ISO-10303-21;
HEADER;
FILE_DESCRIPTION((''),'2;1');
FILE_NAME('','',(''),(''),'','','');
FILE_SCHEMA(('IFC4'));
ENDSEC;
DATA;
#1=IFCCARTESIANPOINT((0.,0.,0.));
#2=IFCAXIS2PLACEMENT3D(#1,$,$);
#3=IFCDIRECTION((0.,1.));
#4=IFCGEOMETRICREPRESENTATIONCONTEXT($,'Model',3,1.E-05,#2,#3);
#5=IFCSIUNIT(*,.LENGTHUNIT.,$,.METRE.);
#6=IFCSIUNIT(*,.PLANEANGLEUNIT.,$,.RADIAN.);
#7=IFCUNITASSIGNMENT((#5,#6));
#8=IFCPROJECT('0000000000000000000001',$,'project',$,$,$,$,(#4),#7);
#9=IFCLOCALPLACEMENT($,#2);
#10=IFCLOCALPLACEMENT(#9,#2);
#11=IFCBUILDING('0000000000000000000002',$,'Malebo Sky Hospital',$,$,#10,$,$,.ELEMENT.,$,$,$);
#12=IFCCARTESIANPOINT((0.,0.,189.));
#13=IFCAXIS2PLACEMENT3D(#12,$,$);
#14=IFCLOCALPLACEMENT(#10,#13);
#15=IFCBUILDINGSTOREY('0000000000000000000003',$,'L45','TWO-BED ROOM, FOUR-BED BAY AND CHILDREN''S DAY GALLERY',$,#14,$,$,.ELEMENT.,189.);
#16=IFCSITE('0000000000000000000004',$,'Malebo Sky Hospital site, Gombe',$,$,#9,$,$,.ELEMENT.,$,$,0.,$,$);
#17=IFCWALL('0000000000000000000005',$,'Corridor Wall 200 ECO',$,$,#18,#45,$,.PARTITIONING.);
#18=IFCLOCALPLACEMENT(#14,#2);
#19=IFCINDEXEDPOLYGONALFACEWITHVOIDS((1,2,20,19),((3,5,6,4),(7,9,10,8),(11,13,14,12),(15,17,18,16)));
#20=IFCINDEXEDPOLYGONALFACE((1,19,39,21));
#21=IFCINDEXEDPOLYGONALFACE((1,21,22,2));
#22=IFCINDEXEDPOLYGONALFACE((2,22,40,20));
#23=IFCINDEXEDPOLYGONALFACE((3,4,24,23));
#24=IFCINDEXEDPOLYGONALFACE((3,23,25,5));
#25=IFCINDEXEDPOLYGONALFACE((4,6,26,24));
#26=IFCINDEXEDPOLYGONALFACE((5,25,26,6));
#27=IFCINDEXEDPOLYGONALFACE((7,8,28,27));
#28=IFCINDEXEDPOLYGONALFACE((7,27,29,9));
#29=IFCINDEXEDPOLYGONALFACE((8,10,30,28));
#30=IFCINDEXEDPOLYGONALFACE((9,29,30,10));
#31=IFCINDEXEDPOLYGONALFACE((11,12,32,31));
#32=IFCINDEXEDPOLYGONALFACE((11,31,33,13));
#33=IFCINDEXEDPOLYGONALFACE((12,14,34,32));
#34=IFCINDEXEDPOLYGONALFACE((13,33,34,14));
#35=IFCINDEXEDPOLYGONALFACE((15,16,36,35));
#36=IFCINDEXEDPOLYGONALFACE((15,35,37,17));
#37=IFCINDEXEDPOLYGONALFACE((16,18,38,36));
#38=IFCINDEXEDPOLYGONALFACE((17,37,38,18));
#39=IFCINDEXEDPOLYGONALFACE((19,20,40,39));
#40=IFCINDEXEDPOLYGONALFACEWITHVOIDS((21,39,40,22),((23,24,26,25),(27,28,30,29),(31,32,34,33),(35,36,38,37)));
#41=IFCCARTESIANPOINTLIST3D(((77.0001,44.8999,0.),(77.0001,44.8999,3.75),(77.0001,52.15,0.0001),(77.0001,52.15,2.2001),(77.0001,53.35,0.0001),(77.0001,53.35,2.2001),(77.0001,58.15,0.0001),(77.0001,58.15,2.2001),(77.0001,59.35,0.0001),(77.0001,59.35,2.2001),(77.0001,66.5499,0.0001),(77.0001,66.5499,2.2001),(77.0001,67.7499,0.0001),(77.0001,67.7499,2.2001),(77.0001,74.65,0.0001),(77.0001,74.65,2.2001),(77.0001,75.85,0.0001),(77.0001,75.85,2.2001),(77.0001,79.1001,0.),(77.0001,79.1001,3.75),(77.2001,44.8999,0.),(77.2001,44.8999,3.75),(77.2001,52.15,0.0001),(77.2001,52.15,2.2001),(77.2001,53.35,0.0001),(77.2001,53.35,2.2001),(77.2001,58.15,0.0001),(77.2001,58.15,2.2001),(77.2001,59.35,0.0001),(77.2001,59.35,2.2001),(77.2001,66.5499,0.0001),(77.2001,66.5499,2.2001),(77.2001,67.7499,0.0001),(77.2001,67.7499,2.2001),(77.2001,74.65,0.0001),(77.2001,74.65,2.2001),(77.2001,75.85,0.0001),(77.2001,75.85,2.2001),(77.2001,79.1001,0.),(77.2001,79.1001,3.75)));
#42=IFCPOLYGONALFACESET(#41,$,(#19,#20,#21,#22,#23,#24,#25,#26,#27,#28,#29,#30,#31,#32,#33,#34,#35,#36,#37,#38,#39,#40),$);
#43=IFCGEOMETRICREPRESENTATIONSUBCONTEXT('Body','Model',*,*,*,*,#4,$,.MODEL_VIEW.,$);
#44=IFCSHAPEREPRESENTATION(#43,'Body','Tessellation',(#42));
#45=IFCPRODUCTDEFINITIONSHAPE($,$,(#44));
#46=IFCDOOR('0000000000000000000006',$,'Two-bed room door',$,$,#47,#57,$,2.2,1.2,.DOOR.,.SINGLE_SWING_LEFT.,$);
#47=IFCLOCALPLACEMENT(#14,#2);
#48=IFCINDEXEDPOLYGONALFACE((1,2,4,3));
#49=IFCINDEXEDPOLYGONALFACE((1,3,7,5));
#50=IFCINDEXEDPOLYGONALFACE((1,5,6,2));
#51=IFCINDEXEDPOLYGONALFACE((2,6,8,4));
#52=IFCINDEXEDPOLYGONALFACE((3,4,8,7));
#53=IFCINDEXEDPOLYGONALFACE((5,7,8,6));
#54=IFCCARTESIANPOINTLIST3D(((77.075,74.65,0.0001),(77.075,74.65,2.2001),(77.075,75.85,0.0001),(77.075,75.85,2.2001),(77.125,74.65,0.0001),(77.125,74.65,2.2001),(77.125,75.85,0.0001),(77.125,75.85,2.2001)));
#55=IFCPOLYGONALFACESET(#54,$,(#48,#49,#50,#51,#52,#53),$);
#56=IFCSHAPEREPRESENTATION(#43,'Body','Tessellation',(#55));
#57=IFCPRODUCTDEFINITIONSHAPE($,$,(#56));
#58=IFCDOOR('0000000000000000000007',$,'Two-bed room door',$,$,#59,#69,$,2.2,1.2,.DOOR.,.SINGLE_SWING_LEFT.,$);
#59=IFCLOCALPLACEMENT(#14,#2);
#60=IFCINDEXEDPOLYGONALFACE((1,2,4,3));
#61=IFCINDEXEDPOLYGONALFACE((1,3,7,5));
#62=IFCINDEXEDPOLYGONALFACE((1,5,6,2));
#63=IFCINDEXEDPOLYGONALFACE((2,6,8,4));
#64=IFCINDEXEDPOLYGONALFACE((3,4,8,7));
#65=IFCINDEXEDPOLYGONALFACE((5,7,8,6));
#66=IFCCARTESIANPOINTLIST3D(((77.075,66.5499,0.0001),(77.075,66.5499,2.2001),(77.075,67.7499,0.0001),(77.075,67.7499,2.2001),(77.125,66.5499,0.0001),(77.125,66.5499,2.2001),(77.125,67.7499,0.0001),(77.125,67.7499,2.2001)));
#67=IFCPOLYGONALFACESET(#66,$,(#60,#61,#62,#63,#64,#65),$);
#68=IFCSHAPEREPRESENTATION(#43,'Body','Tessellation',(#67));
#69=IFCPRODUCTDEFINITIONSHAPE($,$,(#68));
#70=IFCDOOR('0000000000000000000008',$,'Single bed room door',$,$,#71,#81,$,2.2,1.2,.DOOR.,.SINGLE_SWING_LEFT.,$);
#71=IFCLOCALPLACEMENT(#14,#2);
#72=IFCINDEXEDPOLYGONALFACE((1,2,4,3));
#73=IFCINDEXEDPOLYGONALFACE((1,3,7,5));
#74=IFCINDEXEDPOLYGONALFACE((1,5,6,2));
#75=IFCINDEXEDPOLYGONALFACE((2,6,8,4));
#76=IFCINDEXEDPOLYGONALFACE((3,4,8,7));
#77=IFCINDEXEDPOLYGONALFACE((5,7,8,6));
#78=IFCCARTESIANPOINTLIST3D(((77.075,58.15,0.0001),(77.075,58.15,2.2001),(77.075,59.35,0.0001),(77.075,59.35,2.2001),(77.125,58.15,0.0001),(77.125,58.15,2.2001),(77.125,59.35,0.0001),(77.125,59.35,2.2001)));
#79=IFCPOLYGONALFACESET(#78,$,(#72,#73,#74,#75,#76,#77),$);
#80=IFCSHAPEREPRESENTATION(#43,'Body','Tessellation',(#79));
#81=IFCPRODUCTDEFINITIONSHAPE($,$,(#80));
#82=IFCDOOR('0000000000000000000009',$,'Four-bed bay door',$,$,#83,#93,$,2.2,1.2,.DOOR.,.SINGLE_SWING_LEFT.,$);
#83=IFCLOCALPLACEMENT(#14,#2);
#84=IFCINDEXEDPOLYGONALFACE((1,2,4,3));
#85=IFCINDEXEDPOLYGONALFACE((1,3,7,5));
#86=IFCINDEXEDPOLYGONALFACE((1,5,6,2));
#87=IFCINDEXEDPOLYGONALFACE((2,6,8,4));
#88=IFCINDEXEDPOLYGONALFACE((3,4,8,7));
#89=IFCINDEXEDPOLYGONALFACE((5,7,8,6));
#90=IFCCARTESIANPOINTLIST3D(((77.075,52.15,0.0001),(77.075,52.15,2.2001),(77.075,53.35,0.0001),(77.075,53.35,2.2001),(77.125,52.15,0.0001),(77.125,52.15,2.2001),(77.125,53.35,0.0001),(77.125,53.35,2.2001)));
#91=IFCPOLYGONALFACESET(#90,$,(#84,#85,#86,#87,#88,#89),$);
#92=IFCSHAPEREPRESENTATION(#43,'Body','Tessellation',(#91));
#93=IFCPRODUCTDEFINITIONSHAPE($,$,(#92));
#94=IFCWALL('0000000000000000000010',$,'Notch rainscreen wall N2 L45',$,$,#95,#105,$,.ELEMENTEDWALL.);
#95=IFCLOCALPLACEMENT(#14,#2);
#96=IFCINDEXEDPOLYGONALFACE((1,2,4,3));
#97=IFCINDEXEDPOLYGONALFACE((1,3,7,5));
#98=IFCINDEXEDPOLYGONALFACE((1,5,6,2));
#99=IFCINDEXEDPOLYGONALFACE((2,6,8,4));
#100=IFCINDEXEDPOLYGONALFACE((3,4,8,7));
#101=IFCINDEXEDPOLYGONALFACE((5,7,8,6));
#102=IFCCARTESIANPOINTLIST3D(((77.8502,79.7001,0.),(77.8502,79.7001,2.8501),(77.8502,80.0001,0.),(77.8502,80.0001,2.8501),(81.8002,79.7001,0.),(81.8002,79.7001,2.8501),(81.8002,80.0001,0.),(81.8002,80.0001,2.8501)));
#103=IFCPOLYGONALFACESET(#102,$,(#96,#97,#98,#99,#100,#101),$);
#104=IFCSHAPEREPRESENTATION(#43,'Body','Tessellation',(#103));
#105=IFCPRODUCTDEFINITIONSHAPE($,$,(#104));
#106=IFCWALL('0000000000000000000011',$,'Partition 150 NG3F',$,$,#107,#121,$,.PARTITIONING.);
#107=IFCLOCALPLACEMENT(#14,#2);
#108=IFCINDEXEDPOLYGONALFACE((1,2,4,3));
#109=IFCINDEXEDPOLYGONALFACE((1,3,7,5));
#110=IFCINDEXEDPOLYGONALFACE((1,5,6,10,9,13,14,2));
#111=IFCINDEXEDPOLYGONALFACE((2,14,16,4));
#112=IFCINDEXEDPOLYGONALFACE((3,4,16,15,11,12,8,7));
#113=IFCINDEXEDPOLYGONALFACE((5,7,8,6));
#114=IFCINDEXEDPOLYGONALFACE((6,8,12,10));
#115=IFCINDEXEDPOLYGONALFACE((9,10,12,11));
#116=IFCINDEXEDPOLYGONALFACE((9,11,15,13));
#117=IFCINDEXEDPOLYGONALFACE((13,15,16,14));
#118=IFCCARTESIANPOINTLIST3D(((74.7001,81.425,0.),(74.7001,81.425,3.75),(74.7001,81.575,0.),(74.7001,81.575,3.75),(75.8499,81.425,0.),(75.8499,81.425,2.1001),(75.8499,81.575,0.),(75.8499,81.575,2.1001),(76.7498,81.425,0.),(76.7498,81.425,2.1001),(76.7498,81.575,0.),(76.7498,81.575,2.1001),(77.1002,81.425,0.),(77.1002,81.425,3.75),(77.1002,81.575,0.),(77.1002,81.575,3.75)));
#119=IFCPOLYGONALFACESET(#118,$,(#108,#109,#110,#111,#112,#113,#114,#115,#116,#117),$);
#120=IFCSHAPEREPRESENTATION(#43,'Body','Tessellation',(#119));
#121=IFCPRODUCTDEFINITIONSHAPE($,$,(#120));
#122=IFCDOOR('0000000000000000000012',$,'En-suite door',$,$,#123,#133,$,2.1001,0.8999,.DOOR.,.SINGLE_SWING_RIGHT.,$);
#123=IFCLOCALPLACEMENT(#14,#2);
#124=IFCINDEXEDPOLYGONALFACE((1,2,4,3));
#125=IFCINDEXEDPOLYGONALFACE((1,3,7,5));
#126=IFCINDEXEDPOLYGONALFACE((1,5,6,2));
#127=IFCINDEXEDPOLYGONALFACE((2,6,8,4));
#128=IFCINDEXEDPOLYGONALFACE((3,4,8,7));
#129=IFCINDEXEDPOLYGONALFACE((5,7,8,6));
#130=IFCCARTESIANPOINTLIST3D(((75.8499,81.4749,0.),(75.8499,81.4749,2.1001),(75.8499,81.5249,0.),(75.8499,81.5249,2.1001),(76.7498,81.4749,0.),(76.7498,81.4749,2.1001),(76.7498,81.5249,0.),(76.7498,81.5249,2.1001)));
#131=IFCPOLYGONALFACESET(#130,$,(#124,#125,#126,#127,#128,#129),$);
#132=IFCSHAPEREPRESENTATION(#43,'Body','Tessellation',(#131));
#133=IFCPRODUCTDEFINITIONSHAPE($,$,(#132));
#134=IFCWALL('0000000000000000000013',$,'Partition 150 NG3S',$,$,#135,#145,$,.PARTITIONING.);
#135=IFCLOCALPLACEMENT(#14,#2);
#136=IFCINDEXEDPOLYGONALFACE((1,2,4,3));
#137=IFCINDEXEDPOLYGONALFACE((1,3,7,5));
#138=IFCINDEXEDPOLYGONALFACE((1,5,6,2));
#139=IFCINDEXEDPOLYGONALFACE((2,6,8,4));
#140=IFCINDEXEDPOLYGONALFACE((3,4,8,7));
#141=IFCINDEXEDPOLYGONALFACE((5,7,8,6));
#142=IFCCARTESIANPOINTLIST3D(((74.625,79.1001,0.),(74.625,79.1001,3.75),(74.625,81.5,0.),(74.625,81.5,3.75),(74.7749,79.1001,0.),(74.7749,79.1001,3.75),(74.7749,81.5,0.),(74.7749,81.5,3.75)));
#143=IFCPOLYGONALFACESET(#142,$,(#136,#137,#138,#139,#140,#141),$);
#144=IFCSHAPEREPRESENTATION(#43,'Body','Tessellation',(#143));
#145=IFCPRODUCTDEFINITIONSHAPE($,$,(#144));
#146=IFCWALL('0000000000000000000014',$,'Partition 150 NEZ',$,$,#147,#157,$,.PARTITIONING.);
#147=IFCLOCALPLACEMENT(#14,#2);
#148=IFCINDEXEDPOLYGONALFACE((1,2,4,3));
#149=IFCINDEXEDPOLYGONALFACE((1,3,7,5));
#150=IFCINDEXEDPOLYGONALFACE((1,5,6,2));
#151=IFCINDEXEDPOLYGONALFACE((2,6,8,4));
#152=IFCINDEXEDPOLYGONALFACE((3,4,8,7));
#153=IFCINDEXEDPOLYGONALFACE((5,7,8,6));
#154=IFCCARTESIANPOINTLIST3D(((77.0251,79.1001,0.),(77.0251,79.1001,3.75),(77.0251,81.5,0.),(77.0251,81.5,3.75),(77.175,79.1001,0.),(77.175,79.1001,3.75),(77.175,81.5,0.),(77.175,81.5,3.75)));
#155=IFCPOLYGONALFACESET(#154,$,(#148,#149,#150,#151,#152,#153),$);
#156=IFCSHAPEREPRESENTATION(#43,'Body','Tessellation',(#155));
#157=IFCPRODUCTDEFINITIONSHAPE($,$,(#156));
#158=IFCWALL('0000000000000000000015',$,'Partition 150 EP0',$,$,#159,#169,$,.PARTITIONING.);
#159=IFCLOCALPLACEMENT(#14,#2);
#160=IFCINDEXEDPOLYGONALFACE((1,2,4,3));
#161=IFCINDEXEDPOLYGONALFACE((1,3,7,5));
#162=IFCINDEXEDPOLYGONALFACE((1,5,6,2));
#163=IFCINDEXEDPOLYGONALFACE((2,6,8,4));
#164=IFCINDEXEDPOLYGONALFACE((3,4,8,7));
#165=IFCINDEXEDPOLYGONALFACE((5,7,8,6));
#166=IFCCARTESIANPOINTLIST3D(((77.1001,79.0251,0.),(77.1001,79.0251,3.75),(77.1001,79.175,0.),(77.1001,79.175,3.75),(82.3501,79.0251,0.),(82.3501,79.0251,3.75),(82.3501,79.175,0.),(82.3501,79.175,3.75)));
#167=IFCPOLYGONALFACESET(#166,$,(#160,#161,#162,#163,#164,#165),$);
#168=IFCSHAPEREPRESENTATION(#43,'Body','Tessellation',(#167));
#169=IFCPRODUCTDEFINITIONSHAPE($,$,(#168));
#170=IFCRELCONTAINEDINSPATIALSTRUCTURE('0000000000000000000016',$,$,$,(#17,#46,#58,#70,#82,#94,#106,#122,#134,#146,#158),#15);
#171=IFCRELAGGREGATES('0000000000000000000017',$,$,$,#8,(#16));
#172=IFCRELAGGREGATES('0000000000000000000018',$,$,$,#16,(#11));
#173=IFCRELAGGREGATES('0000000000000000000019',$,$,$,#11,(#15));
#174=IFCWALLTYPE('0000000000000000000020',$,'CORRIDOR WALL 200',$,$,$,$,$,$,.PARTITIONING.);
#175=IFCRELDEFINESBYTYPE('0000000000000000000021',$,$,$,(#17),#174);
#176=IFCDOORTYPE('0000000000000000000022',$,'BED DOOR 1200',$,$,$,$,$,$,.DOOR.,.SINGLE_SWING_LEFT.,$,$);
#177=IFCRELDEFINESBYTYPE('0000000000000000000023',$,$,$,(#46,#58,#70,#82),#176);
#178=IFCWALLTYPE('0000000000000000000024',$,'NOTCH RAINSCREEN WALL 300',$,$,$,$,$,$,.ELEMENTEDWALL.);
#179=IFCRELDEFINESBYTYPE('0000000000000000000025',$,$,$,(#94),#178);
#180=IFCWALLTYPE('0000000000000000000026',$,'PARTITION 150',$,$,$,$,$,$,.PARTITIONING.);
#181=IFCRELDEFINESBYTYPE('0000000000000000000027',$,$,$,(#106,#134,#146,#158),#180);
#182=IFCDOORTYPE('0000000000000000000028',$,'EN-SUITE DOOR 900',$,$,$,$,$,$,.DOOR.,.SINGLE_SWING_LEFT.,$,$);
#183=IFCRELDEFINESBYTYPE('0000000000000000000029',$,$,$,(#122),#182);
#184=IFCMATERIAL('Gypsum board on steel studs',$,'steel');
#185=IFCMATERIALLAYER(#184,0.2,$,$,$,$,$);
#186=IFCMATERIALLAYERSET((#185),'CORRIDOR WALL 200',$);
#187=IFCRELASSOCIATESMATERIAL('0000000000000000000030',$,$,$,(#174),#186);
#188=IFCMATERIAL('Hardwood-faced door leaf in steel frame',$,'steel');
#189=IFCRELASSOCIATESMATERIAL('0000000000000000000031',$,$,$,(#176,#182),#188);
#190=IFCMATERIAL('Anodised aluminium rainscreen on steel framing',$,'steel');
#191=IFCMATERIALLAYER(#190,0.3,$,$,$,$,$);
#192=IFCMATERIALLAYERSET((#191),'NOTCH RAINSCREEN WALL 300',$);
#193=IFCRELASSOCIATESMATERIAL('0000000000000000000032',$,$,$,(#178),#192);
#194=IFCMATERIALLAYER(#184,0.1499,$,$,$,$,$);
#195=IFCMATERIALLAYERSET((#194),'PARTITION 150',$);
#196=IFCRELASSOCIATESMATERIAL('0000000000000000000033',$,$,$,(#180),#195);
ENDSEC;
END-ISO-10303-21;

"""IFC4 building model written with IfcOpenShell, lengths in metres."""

from ifc_helpers import new_model, si_unit, direction, frame, frame_2d, origin, place, context, subcontext, project, spatial, rectangle, extrude, material, layer, layer_set, type_object, element, fill, save


model = new_model("IFC4")

# Units and contexts
model_context = context("Model", 3, precision=1e-05, world=origin(), true_north=direction((0.0, 1.0)))
body_context = subcontext(model_context, "Body", "Model", "MODEL_VIEW")
ifc_project = project(units=[si_unit("LENGTHUNIT", "METRE"), si_unit("PLANEANGLEUNIT", "RADIAN")], contexts=[model_context])

# Site, building, storey
site_placement = place(None, origin())
site = spatial("IfcSite", under=ifc_project, at=site_placement, Name="Malebo Sky Hospital site, Gombe", CompositionType="ELEMENT", RefElevation=0.0)
building_placement = place(site_placement, origin())
building = spatial("IfcBuilding", under=site, at=building_placement, Name="Malebo Sky Hospital", CompositionType="ELEMENT")
storey_placement = place(building_placement, frame((0.0, 0.0, 189.0)))
storey = spatial("IfcBuildingStorey", under=building, at=storey_placement, Name="L45", Description="TWO-BED ROOM, FOUR-BED BAY AND CHILDREN'S DAY GALLERY", CompositionType="ELEMENT", Elevation=189.0)

# Wall, openings, doors
ifc_material_1 = material(Name="Gypsum board on steel studs", Category="steel")
ifc_layer_1 = layer(ifc_material_1, 0.2)
ifc_layer_set_1 = layer_set([ifc_layer_1], Name="CORRIDOR WALL 200")
wall_type_1 = type_object("IfcWallType", Name="CORRIDOR WALL 200", PredefinedType="PARTITIONING", material=ifc_layer_set_1)
wall_1_placement = place(storey_placement, frame((77.1001, 79.1001, 0.0), z_axis=(0.0, 0.0, 1.0), x_axis=(0.0, -1.0, 0.0)))
wall_1 = element("IfcWall", 1, at=wall_1_placement, inside=storey, type_object=wall_type_1, Name="Corridor Wall 200 ECO", PredefinedType="PARTITIONING", context=body_context, shape_type="SweptSolid", body=[
    extrude(rectangle(XDim=34.2002, YDim=0.2, at=frame_2d((17.1001, 0.0))), origin(), (0.0, 0.0, 1.0), 3.75),
])
opening_1_placement = place(wall_1_placement, frame((3.25, 0.0, 0.0)))
opening_1 = element("IfcOpeningElement", 2, at=opening_1_placement, cuts=wall_1, PredefinedType="OPENING", context=body_context, shape_type="SweptSolid", body=[
    extrude(rectangle(XDim=1.2, YDim=2.2, at=frame_2d((0.6001, 1.1001))), frame((0.0, 0.1099, 0.0), z_axis=(0.0, -1.0, 0.0), x_axis=(1.0, 0.0, 0.0)), (0.0, 0.0, 1.0), 0.22),
])
opening_2_placement = place(wall_1_placement, frame((11.3501, 0.0, 0.0)))
opening_2 = element("IfcOpeningElement", 3, at=opening_2_placement, cuts=wall_1, PredefinedType="OPENING", context=body_context, shape_type="SweptSolid", body=[
    extrude(rectangle(XDim=1.2, YDim=2.2, at=frame_2d((0.6001, 1.1001))), frame((0.0, 0.1099, 0.0), z_axis=(0.0, -1.0, 0.0), x_axis=(1.0, 0.0, 0.0)), (0.0, 0.0, 1.0), 0.22),
])
opening_3_placement = place(wall_1_placement, frame((19.75, 0.0, 0.0)))
opening_3 = element("IfcOpeningElement", 4, at=opening_3_placement, cuts=wall_1, PredefinedType="OPENING", context=body_context, shape_type="SweptSolid", body=[
    extrude(rectangle(XDim=1.2, YDim=2.2, at=frame_2d((0.6001, 1.1001))), frame((0.0, 0.1099, 0.0), z_axis=(0.0, -1.0, 0.0), x_axis=(1.0, 0.0, 0.0)), (0.0, 0.0, 1.0), 0.22),
])
opening_4_placement = place(wall_1_placement, frame((25.75, 0.0, 0.0)))
opening_4 = element("IfcOpeningElement", 5, at=opening_4_placement, cuts=wall_1, PredefinedType="OPENING", context=body_context, shape_type="SweptSolid", body=[
    extrude(rectangle(XDim=1.2, YDim=2.2, at=frame_2d((0.6001, 1.1001))), frame((0.0, 0.1099, 0.0), z_axis=(0.0, -1.0, 0.0), x_axis=(1.0, 0.0, 0.0)), (0.0, 0.0, 1.0), 0.22),
])
ifc_material_2 = material(Name="Hardwood-faced door leaf in steel frame", Category="steel")
door_type_1 = type_object("IfcDoorType", Name="BED DOOR 1200", OperationType="SINGLE_SWING_LEFT", PredefinedType="DOOR", material=ifc_material_2)
door_1_placement = place(opening_1_placement, origin())
door_1 = element("IfcDoor", 6, at=door_1_placement, inside=storey, type_object=door_type_1, Name="Two-bed room door", OperationType="SINGLE_SWING_LEFT", OverallHeight=2.2, OverallWidth=1.2, PredefinedType="DOOR", context=body_context, shape_type="SweptSolid", body=[
    extrude(rectangle(XDim=1.2, YDim=2.2, at=frame_2d((0.6001, 1.1001))), frame((0.0, 0.0249, 0.0), z_axis=(0.0, -1.0, 0.0), x_axis=(1.0, 0.0, 0.0)), (0.0, 0.0, 1.0), 0.05),
])
fill(opening_1, door_1)
door_2_placement = place(opening_2_placement, origin())
door_2 = element("IfcDoor", 7, at=door_2_placement, inside=storey, type_object=door_type_1, Name="Two-bed room door", OperationType="SINGLE_SWING_LEFT", OverallHeight=2.2, OverallWidth=1.2, PredefinedType="DOOR", context=body_context, shape_type="SweptSolid", body=[
    extrude(rectangle(XDim=1.2, YDim=2.2, at=frame_2d((0.6001, 1.1001))), frame((0.0, 0.0249, 0.0), z_axis=(0.0, -1.0, 0.0), x_axis=(1.0, 0.0, 0.0)), (0.0, 0.0, 1.0), 0.05),
])
fill(opening_2, door_2)
door_3_placement = place(opening_3_placement, origin())
door_3 = element("IfcDoor", 8, at=door_3_placement, inside=storey, type_object=door_type_1, Name="Single bed room door", OperationType="SINGLE_SWING_LEFT", OverallHeight=2.2, OverallWidth=1.2, PredefinedType="DOOR", context=body_context, shape_type="SweptSolid", body=[
    extrude(rectangle(XDim=1.2, YDim=2.2, at=frame_2d((0.6001, 1.1001))), frame((0.0, 0.0249, 0.0), z_axis=(0.0, -1.0, 0.0), x_axis=(1.0, 0.0, 0.0)), (0.0, 0.0, 1.0), 0.05),
])
fill(opening_3, door_3)
door_4_placement = place(opening_4_placement, origin())
door_4 = element("IfcDoor", 9, at=door_4_placement, inside=storey, type_object=door_type_1, Name="Four-bed bay door", OperationType="SINGLE_SWING_LEFT", OverallHeight=2.2, OverallWidth=1.2, PredefinedType="DOOR", context=body_context, shape_type="SweptSolid", body=[
    extrude(rectangle(XDim=1.2, YDim=2.2, at=frame_2d((0.6001, 1.1001))), frame((0.0, 0.0249, 0.0), z_axis=(0.0, -1.0, 0.0), x_axis=(1.0, 0.0, 0.0)), (0.0, 0.0, 1.0), 0.05),
])
fill(opening_4, door_4)

# Wall
ifc_material_3 = material(Name="Anodised aluminium rainscreen on steel framing", Category="steel")
ifc_layer_2 = layer(ifc_material_3, 0.3)
ifc_layer_set_2 = layer_set([ifc_layer_2], Name="NOTCH RAINSCREEN WALL 300")
wall_type_2 = type_object("IfcWallType", Name="NOTCH RAINSCREEN WALL 300", PredefinedType="ELEMENTEDWALL", material=ifc_layer_set_2)
wall_2_placement = place(storey_placement, frame((77.8501, 79.8501, 0.0), z_axis=(0.0, 0.0, 1.0), x_axis=(1.0, 0.0, 0.0)))
element("IfcWall", 10, at=wall_2_placement, inside=storey, type_object=wall_type_2, Name="Notch rainscreen wall N2 L45", PredefinedType="ELEMENTEDWALL", context=body_context, shape_type="SweptSolid", body=[
    extrude(rectangle(XDim=3.95, YDim=0.3, at=frame_2d((1.9751, 0.0))), origin(), (0.0, 0.0, 1.0), 2.8501),
])

# Wall, opening, door
ifc_layer_3 = layer(ifc_material_1, 0.1499)
ifc_layer_set_3 = layer_set([ifc_layer_3], Name="PARTITION 150")
wall_type_3 = type_object("IfcWallType", Name="PARTITION 150", PredefinedType="PARTITIONING", material=ifc_layer_set_3)
wall_3_placement = place(storey_placement, frame((74.7, 81.5, 0.0), z_axis=(0.0, 0.0, 1.0), x_axis=(1.0, 0.0, 0.0)))
wall_3 = element("IfcWall", 11, at=wall_3_placement, inside=storey, type_object=wall_type_3, Name="Partition 150 NG3F", PredefinedType="PARTITIONING", context=body_context, shape_type="SweptSolid", body=[
    extrude(rectangle(XDim=2.4001, YDim=0.1499, at=frame_2d((1.2002, 0.0))), origin(), (0.0, 0.0, 1.0), 3.75),
])
opening_5_placement = place(wall_3_placement, frame((1.1499, 0.0, 0.0)))
opening_5 = element("IfcOpeningElement", 12, at=opening_5_placement, cuts=wall_3, PredefinedType="OPENING", context=body_context, shape_type="SweptSolid", body=[
    extrude(rectangle(XDim=0.8999, YDim=2.1001, at=frame_2d((0.45, 1.05))), frame((0.0, 0.085, 0.0), z_axis=(0.0, -1.0, 0.0), x_axis=(1.0, 0.0, 0.0)), (0.0, 0.0, 1.0), 0.1699),
])
door_type_2 = type_object("IfcDoorType", Name="EN-SUITE DOOR 900", OperationType="SINGLE_SWING_LEFT", PredefinedType="DOOR", material=ifc_material_2)
door_5_placement = place(opening_5_placement, origin())
door_5 = element("IfcDoor", 13, at=door_5_placement, inside=storey, type_object=door_type_2, Name="En-suite door", OperationType="SINGLE_SWING_RIGHT", OverallHeight=2.1001, OverallWidth=0.8999, PredefinedType="DOOR", context=body_context, shape_type="SweptSolid", body=[
    extrude(rectangle(XDim=0.8999, YDim=2.1001, at=frame_2d((0.45, 1.05))), frame((0.0, 0.0249, 0.0), z_axis=(0.0, -1.0, 0.0), x_axis=(1.0, 0.0, 0.0)), (0.0, 0.0, 1.0), 0.05),
])
fill(opening_5, door_5)

# Walls
for number, where, z_axis, x_axis, name in (
    (14, (74.7, 79.1001, 0.0), (0.0, 0.0, 1.0), (0.0, 1.0, 0.0), "Partition 150 NG3S"),
    (15, (77.1001, 79.1001, 0.0), (0.0, 0.0, 1.0), (0.0, 1.0, 0.0), "Partition 150 NEZ"),
):
    element("IfcWall", number, at=place(storey_placement, frame(where, z_axis=z_axis, x_axis=x_axis)), inside=storey, type_object=wall_type_3, Name=name, PredefinedType="PARTITIONING", context=body_context, shape_type="SweptSolid", body=[
        extrude(rectangle(XDim=2.3999, YDim=0.1499, at=frame_2d((1.2, 0.0))), origin(), (0.0, 0.0, 1.0), 3.75),
    ])
wall_4_placement = place(storey_placement, frame((77.1001, 79.1001, 0.0), z_axis=(0.0, 0.0, 1.0), x_axis=(1.0, 0.0, 0.0)))
element("IfcWall", 16, at=wall_4_placement, inside=storey, type_object=wall_type_3, Name="Partition 150 EP0", PredefinedType="PARTITIONING", context=body_context, shape_type="SweptSolid", body=[
    extrude(rectangle(XDim=5.25, YDim=0.1499, at=frame_2d((2.625, 0.0))), origin(), (0.0, 0.0, 1.0), 3.75),
])

save(model, "model.ifc")
